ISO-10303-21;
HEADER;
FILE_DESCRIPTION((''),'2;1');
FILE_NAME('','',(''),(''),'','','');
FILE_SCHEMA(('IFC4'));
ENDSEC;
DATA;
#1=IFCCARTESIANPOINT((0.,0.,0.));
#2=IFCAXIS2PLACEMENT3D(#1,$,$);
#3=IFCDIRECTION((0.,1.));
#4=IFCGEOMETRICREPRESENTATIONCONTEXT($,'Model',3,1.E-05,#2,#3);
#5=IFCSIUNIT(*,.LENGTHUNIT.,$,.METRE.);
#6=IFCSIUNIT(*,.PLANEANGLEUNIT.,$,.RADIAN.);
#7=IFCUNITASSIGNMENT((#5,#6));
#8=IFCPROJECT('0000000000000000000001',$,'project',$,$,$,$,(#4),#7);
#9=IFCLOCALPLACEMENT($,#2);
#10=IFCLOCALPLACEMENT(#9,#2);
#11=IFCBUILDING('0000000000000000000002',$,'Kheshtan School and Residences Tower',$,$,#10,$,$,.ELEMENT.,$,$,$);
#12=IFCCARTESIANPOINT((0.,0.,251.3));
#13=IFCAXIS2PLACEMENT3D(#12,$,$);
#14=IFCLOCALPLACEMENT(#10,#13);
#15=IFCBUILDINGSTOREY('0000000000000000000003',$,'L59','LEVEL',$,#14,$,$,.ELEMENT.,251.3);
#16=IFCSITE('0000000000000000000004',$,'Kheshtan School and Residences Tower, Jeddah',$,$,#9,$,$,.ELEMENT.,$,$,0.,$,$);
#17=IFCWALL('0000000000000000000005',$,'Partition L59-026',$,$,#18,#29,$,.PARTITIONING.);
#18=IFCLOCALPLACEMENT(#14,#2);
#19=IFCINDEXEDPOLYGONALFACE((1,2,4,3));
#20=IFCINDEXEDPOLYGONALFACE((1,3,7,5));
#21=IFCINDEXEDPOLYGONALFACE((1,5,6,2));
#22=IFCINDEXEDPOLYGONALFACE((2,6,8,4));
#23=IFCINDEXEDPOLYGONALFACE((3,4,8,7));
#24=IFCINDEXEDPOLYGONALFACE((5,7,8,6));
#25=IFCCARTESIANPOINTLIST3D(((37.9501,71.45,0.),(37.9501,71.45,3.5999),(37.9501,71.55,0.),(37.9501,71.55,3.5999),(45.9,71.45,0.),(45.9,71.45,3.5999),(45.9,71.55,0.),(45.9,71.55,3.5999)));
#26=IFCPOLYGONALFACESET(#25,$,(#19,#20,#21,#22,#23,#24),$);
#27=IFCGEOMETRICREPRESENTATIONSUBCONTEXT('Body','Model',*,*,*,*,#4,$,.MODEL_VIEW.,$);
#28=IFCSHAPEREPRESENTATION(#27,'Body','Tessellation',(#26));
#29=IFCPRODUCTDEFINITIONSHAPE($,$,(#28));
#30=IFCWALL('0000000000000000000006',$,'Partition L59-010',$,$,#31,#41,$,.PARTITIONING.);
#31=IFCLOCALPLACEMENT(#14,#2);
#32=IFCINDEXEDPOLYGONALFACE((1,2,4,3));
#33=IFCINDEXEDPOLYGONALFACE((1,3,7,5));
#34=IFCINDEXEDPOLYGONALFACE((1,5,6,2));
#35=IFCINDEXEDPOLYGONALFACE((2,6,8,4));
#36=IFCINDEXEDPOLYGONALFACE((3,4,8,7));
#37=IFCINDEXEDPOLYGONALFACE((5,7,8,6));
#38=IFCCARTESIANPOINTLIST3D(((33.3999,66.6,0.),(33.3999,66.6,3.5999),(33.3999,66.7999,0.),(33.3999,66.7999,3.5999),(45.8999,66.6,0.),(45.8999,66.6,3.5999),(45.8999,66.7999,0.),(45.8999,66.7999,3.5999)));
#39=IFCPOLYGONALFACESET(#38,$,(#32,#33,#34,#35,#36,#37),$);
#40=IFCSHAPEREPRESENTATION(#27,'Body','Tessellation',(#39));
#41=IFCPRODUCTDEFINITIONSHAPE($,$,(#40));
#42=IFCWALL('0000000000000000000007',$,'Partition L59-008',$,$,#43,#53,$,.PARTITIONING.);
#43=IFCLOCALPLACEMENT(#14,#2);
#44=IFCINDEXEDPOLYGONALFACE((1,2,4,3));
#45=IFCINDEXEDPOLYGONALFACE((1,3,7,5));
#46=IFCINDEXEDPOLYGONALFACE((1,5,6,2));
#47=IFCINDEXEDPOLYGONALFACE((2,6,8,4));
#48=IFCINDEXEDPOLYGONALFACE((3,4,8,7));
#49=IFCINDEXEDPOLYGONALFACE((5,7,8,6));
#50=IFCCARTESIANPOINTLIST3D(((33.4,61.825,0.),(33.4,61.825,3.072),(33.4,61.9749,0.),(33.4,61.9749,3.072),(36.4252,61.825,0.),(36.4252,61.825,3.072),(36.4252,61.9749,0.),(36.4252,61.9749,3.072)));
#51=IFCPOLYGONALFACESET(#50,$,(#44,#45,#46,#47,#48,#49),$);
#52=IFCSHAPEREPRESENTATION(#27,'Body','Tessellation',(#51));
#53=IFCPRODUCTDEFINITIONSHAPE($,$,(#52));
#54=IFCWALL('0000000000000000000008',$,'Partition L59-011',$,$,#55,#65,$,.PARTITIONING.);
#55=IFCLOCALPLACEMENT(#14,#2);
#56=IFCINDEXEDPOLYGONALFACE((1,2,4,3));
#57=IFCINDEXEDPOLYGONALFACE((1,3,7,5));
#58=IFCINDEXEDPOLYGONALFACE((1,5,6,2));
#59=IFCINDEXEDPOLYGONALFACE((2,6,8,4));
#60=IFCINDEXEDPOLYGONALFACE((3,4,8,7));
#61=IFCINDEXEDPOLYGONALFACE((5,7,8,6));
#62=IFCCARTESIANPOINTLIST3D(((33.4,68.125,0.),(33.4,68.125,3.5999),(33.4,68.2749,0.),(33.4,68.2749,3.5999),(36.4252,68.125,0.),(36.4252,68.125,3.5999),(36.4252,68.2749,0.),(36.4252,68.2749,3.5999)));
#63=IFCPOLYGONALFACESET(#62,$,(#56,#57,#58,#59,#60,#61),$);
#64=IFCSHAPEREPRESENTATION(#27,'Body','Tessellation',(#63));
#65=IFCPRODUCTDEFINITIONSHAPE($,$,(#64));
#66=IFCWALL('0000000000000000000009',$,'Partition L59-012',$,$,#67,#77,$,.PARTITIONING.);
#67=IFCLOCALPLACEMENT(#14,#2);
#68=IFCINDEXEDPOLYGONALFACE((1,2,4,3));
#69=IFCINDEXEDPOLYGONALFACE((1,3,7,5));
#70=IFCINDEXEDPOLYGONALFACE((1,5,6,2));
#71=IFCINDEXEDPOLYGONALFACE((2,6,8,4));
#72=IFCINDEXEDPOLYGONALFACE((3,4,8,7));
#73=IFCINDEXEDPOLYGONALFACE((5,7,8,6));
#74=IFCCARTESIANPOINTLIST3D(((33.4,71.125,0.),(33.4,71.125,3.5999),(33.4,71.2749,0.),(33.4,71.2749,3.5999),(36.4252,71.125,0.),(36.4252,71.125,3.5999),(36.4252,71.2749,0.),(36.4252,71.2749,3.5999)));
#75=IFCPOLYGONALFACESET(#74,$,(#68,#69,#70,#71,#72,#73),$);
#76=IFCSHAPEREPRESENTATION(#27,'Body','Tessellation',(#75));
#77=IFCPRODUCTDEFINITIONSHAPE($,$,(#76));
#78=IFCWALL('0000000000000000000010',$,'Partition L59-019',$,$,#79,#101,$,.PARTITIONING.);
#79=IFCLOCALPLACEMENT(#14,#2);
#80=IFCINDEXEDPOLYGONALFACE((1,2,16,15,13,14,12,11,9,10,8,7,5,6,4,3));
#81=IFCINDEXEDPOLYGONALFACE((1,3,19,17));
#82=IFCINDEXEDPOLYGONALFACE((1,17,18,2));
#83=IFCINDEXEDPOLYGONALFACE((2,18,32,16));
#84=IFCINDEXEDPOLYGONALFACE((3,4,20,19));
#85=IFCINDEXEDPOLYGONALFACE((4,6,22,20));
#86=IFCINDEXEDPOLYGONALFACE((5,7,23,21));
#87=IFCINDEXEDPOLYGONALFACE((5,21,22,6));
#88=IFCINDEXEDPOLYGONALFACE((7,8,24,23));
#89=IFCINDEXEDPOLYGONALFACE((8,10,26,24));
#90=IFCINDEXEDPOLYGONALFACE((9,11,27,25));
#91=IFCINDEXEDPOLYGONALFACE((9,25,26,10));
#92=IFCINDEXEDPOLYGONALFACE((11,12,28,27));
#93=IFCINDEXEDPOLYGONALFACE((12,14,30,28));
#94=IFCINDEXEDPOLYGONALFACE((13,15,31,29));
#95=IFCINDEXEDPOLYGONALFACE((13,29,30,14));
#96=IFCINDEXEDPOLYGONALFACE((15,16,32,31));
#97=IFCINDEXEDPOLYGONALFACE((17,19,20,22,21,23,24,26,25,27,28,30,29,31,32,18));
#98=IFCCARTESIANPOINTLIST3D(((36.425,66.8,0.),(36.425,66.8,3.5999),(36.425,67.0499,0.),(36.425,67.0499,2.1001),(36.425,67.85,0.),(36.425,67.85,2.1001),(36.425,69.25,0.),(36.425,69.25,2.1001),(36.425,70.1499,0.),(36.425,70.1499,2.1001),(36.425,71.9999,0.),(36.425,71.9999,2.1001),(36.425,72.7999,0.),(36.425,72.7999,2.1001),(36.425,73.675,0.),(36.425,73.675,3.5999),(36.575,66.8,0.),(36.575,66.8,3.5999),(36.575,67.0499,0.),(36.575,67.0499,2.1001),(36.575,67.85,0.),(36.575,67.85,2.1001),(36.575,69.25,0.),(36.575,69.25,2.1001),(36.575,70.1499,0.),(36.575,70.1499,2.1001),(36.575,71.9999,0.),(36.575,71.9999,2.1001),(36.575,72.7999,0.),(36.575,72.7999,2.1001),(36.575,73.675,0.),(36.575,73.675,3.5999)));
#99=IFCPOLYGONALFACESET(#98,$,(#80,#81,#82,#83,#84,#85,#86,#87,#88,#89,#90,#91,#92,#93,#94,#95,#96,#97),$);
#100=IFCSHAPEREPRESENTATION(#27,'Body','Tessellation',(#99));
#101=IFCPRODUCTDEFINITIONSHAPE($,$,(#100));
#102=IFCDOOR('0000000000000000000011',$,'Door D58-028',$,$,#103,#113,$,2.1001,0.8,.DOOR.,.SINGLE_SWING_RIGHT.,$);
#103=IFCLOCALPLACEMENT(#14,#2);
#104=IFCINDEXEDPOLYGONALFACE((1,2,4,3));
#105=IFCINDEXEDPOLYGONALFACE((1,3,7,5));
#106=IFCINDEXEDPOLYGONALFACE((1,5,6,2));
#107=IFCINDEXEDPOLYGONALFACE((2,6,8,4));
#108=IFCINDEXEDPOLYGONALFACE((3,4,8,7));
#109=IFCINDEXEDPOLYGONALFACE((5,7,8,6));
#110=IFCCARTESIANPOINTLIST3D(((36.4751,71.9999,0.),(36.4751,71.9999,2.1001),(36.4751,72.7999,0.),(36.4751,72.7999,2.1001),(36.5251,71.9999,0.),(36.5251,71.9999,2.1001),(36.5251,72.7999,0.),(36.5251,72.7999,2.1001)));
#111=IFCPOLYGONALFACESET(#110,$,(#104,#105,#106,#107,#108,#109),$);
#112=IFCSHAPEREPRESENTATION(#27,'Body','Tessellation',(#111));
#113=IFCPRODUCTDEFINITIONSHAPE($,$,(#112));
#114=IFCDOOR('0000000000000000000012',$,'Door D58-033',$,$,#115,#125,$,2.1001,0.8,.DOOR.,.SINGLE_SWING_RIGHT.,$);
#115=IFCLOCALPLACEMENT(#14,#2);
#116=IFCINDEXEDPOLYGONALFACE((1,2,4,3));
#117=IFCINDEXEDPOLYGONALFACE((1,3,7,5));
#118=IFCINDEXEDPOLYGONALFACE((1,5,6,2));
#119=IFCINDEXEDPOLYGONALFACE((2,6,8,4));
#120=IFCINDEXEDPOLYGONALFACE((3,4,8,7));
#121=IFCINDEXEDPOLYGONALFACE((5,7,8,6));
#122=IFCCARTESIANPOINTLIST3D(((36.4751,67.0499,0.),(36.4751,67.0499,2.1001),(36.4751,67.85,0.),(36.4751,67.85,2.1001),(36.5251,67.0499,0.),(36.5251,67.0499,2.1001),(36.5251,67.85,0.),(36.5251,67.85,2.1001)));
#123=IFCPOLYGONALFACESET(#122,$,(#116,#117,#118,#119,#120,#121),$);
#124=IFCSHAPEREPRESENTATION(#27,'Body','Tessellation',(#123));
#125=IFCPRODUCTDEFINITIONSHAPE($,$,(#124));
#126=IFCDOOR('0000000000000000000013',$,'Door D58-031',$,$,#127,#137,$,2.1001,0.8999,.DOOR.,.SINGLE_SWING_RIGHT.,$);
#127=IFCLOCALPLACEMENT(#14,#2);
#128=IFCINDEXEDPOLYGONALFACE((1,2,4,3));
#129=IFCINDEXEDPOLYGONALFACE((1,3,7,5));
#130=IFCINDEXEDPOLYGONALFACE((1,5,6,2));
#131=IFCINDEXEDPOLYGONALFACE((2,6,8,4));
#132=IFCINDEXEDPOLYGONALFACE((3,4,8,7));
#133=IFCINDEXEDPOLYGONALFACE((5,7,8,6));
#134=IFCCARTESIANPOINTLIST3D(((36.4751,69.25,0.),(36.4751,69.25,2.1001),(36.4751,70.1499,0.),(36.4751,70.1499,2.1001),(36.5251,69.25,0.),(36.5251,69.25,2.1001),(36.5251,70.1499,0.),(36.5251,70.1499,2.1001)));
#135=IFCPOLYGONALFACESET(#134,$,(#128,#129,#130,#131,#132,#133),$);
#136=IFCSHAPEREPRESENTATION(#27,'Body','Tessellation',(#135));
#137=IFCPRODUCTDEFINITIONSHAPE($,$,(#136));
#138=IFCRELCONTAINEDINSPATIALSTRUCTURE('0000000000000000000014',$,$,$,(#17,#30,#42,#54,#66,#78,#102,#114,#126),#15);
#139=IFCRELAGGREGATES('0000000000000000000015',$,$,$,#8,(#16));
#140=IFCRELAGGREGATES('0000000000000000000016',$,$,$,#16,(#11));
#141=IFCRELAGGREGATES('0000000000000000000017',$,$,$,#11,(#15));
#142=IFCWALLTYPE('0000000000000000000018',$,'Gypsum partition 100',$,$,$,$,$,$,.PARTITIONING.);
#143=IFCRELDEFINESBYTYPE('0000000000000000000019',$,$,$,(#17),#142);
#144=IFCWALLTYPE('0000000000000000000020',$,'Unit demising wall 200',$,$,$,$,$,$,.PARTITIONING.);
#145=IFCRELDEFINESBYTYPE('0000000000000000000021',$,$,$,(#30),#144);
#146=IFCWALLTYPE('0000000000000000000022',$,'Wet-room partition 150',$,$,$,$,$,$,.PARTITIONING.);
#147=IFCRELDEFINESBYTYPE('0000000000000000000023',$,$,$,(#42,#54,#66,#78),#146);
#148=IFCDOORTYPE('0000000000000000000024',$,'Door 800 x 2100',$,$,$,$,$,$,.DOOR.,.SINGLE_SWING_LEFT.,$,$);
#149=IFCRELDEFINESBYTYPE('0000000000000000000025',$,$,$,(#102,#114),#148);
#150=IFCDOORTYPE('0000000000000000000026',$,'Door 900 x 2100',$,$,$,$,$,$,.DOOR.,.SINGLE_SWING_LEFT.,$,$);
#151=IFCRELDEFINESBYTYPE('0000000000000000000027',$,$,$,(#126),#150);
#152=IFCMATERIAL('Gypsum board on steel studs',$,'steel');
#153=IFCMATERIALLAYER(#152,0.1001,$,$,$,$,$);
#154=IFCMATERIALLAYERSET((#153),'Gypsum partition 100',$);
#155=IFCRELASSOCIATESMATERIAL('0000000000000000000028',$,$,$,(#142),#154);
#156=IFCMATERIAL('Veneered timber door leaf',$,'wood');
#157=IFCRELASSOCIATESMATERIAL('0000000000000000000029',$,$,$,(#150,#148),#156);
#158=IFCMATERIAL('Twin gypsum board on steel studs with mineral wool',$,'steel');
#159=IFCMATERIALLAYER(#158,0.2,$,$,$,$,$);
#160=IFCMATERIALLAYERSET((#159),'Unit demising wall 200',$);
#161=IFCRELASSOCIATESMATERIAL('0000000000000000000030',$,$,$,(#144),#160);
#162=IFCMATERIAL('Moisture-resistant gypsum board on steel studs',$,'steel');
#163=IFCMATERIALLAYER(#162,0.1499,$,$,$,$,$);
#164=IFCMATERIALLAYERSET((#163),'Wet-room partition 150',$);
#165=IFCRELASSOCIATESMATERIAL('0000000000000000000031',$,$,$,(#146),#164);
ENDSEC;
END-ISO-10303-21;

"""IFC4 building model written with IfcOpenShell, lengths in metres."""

from ifc_helpers import new_model, si_unit, direction, frame, frame_2d, origin, place, context, subcontext, project, spatial, rectangle, extrude, source, transform, mapped, material, layer, layer_set, type_object, element, fill, save


model = new_model("IFC4")

# Units and contexts
model_context = context("Model", 3, precision=1e-05, world=origin(), true_north=direction((0.0, 1.0)))
body_context = subcontext(model_context, "Body", "Model", "MODEL_VIEW")
ifc_project = project(units=[si_unit("LENGTHUNIT", "METRE"), si_unit("PLANEANGLEUNIT", "RADIAN")], contexts=[model_context])

# Site, building, storey
site_placement = place(None, origin())
site = spatial("IfcSite", under=ifc_project, at=site_placement, Name="Kheshtan School and Residences Tower, Jeddah", CompositionType="ELEMENT", RefElevation=0.0)
building_placement = place(site_placement, origin())
building = spatial("IfcBuilding", under=site, at=building_placement, Name="Kheshtan School and Residences Tower", CompositionType="ELEMENT")
storey_placement = place(building_placement, frame((0.0, 0.0, 251.3)))
storey = spatial("IfcBuildingStorey", under=building, at=storey_placement, Name="L59", Description="LEVEL", CompositionType="ELEMENT", Elevation=251.3)

# Shared definitions
ifc_material_1 = material(Name="Gypsum board on steel studs", Category="steel")
ifc_layer_1 = layer(ifc_material_1, 0.1001)
ifc_layer_set_1 = layer_set([ifc_layer_1], Name="Gypsum partition 100")
wall_type_1 = type_object("IfcWallType", Name="Gypsum partition 100", PredefinedType="PARTITIONING", material=ifc_layer_set_1)

# Shared definitions
ifc_material_2 = material(Name="Veneered timber door leaf", Category="wood")
door_type_1 = type_object("IfcDoorType", Name="Door 900 x 2100", OperationType="SINGLE_SWING_LEFT", PredefinedType="DOOR", material=ifc_material_2)
shared_shape_1 = source(origin(), body_context, "Body", "SweptSolid", [
    extrude(rectangle(XDim=0.8999, YDim=2.1001, at=frame_2d((0.45, 1.05))), frame((0.0, 0.0249, 0.0), z_axis=(0.0, -1.0, 0.0), x_axis=(1.0, 0.0, 0.0)), (0.0, 0.0, 1.0), 0.05),
])

# Walls
for number, where, z_axis, x_axis, name in (
    (1, (37.95, 71.5, 0.0), (0.0, 0.0, 1.0), (1.0, 0.0, 0.0), "Partition L59-026"),
):
    element("IfcWall", number, at=place(storey_placement, frame(where, z_axis=z_axis, x_axis=x_axis)), inside=storey, type_object=wall_type_1, Name=name, PredefinedType="PARTITIONING", context=body_context, shape_type="SweptSolid", body=[
        extrude(rectangle(XDim=7.95, YDim=0.1001, at=frame_2d((3.9751, 0.0))), origin(), (0.0, 0.0, 1.0), 3.5999),
    ])
ifc_material_3 = material(Name="Twin gypsum board on steel studs with mineral wool", Category="steel")
ifc_layer_2 = layer(ifc_material_3, 0.2)
ifc_layer_set_2 = layer_set([ifc_layer_2], Name="Unit demising wall 200")
wall_type_2 = type_object("IfcWallType", Name="Unit demising wall 200", PredefinedType="PARTITIONING", material=ifc_layer_set_2)
wall_1_placement = place(storey_placement, frame((33.3999, 66.7, 0.0), z_axis=(0.0, 0.0, 1.0), x_axis=(1.0, 0.0, 0.0)))
element("IfcWall", 2, at=wall_1_placement, inside=storey, type_object=wall_type_2, Name="Partition L59-010", PredefinedType="PARTITIONING", context=body_context, shape_type="SweptSolid", body=[
    extrude(rectangle(XDim=12.5, YDim=0.2, at=frame_2d((6.25, 0.0))), origin(), (0.0, 0.0, 1.0), 3.5999),
])
ifc_material_4 = material(Name="Moisture-resistant gypsum board on steel studs", Category="steel")
ifc_layer_3 = layer(ifc_material_4, 0.1499)
ifc_layer_set_3 = layer_set([ifc_layer_3], Name="Wet-room partition 150")
wall_type_3 = type_object("IfcWallType", Name="Wet-room partition 150", PredefinedType="PARTITIONING", material=ifc_layer_set_3)
wall_2_placement = place(storey_placement, frame((33.3999, 61.8999, 0.0), z_axis=(0.0, 0.0, 1.0), x_axis=(1.0, 0.0, 0.0)))
element("IfcWall", 3, at=wall_2_placement, inside=storey, type_object=wall_type_3, Name="Partition L59-008", PredefinedType="PARTITIONING", context=body_context, shape_type="SweptSolid", body=[
    extrude(rectangle(XDim=3.0251, YDim=0.1499, at=frame_2d((1.5127, 0.0))), origin(), (0.0, 0.0, 1.0), 3.072),
])
for number, where, z_axis, x_axis, name in (
    (4, (33.3999, 68.2, 0.0), (0.0, 0.0, 1.0), (1.0, 0.0, 0.0), "Partition L59-011"),
    (5, (33.3999, 71.2, 0.0), (0.0, 0.0, 1.0), (1.0, 0.0, 0.0), "Partition L59-012"),
):
    element("IfcWall", number, at=place(storey_placement, frame(where, z_axis=z_axis, x_axis=x_axis)), inside=storey, type_object=wall_type_3, Name=name, PredefinedType="PARTITIONING", context=body_context, shape_type="SweptSolid", body=[
        extrude(rectangle(XDim=3.0251, YDim=0.1499, at=frame_2d((1.5127, 0.0))), origin(), (0.0, 0.0, 1.0), 3.5999),
    ])

# Wall, openings, doors
wall_3_placement = place(storey_placement, frame((36.5, 66.8, 0.0), z_axis=(0.0, 0.0, 1.0), x_axis=(0.0, 1.0, 0.0)))
wall_3 = element("IfcWall", 6, at=wall_3_placement, inside=storey, type_object=wall_type_3, Name="Partition L59-019", PredefinedType="PARTITIONING", context=body_context, shape_type="SweptSolid", body=[
    extrude(rectangle(XDim=6.875, YDim=0.1499, at=frame_2d((3.4375, 0.0))), origin(), (0.0, 0.0, 1.0), 3.5999),
])
opening_1_placement = place(wall_3_placement, frame((5.2, 0.0, 0.0)))
opening_1 = element("IfcOpeningElement", 7, at=opening_1_placement, cuts=wall_3, PredefinedType="OPENING", context=body_context, shape_type="SweptSolid", body=[
    extrude(rectangle(XDim=0.8, YDim=2.1001, at=frame_2d((0.3999, 1.05))), frame((0.0, 0.085, 0.0), z_axis=(0.0, -1.0, 0.0), x_axis=(1.0, 0.0, 0.0)), (0.0, 0.0, 1.0), 0.1699),
])
opening_2_placement = place(wall_3_placement, frame((2.45, 0.0, 0.0)))
opening_2 = element("IfcOpeningElement", 8, at=opening_2_placement, cuts=wall_3, PredefinedType="OPENING", context=body_context, shape_type="SweptSolid", body=[
    extrude(rectangle(XDim=0.8999, YDim=2.1001, at=frame_2d((0.45, 1.05))), frame((0.0, 0.085, 0.0), z_axis=(0.0, -1.0, 0.0), x_axis=(1.0, 0.0, 0.0)), (0.0, 0.0, 1.0), 0.1699),
])
opening_3_placement = place(wall_3_placement, frame((0.25, 0.0, 0.0)))
opening_3 = element("IfcOpeningElement", 9, at=opening_3_placement, cuts=wall_3, PredefinedType="OPENING", context=body_context, shape_type="SweptSolid", body=[
    extrude(rectangle(XDim=0.8, YDim=2.1001, at=frame_2d((0.3999, 1.05))), frame((0.0, 0.085, 0.0), z_axis=(0.0, -1.0, 0.0), x_axis=(1.0, 0.0, 0.0)), (0.0, 0.0, 1.0), 0.1699),
])
door_type_2 = type_object("IfcDoorType", Name="Door 800 x 2100", OperationType="SINGLE_SWING_LEFT", PredefinedType="DOOR", material=ifc_material_2)
shared_shape_2 = source(origin(), body_context, "Body", "SweptSolid", [
    extrude(rectangle(XDim=0.8, YDim=2.1001, at=frame_2d((0.3999, 1.05))), frame((0.0, 0.0249, 0.0), z_axis=(0.0, -1.0, 0.0), x_axis=(1.0, 0.0, 0.0)), (0.0, 0.0, 1.0), 0.05),
])
door_1_placement = place(opening_1_placement, origin())
door_1 = element("IfcDoor", 10, at=door_1_placement, inside=storey, type_object=door_type_2, Name="Door D58-028", OperationType="SINGLE_SWING_RIGHT", OverallHeight=2.1001, OverallWidth=0.8, PredefinedType="DOOR", context=body_context, shape_type="MappedRepresentation", body=[
    mapped(shared_shape_2, transform((0.0, 0.0, 0.0), x_axis=(1.0, 0.0, 0.0), y_axis=(0.0, 1.0, 0.0), z_axis=(0.0, 0.0, 1.0), scale=1.0)),
])
fill(opening_1, door_1)
door_2_placement = place(opening_3_placement, origin())
door_2 = element("IfcDoor", 11, at=door_2_placement, inside=storey, type_object=door_type_2, Name="Door D58-033", OperationType="SINGLE_SWING_RIGHT", OverallHeight=2.1001, OverallWidth=0.8, PredefinedType="DOOR", context=body_context, shape_type="MappedRepresentation", body=[
    mapped(shared_shape_2, transform((0.0, 0.0, 0.0), x_axis=(1.0, 0.0, 0.0), y_axis=(0.0, 1.0, 0.0), z_axis=(0.0, 0.0, 1.0), scale=1.0)),
])
fill(opening_3, door_2)
door_3_placement = place(opening_2_placement, origin())
door_3 = element("IfcDoor", 12, at=door_3_placement, inside=storey, type_object=door_type_1, Name="Door D58-031", OperationType="SINGLE_SWING_RIGHT", OverallHeight=2.1001, OverallWidth=0.8999, PredefinedType="DOOR", context=body_context, shape_type="MappedRepresentation", body=[
    mapped(shared_shape_1, transform((0.0, 0.0, 0.0), x_axis=(1.0, 0.0, 0.0), y_axis=(0.0, 1.0, 0.0), z_axis=(0.0, 0.0, 1.0), scale=1.0)),
])
fill(opening_2, door_3)

save(model, "model.ifc")
